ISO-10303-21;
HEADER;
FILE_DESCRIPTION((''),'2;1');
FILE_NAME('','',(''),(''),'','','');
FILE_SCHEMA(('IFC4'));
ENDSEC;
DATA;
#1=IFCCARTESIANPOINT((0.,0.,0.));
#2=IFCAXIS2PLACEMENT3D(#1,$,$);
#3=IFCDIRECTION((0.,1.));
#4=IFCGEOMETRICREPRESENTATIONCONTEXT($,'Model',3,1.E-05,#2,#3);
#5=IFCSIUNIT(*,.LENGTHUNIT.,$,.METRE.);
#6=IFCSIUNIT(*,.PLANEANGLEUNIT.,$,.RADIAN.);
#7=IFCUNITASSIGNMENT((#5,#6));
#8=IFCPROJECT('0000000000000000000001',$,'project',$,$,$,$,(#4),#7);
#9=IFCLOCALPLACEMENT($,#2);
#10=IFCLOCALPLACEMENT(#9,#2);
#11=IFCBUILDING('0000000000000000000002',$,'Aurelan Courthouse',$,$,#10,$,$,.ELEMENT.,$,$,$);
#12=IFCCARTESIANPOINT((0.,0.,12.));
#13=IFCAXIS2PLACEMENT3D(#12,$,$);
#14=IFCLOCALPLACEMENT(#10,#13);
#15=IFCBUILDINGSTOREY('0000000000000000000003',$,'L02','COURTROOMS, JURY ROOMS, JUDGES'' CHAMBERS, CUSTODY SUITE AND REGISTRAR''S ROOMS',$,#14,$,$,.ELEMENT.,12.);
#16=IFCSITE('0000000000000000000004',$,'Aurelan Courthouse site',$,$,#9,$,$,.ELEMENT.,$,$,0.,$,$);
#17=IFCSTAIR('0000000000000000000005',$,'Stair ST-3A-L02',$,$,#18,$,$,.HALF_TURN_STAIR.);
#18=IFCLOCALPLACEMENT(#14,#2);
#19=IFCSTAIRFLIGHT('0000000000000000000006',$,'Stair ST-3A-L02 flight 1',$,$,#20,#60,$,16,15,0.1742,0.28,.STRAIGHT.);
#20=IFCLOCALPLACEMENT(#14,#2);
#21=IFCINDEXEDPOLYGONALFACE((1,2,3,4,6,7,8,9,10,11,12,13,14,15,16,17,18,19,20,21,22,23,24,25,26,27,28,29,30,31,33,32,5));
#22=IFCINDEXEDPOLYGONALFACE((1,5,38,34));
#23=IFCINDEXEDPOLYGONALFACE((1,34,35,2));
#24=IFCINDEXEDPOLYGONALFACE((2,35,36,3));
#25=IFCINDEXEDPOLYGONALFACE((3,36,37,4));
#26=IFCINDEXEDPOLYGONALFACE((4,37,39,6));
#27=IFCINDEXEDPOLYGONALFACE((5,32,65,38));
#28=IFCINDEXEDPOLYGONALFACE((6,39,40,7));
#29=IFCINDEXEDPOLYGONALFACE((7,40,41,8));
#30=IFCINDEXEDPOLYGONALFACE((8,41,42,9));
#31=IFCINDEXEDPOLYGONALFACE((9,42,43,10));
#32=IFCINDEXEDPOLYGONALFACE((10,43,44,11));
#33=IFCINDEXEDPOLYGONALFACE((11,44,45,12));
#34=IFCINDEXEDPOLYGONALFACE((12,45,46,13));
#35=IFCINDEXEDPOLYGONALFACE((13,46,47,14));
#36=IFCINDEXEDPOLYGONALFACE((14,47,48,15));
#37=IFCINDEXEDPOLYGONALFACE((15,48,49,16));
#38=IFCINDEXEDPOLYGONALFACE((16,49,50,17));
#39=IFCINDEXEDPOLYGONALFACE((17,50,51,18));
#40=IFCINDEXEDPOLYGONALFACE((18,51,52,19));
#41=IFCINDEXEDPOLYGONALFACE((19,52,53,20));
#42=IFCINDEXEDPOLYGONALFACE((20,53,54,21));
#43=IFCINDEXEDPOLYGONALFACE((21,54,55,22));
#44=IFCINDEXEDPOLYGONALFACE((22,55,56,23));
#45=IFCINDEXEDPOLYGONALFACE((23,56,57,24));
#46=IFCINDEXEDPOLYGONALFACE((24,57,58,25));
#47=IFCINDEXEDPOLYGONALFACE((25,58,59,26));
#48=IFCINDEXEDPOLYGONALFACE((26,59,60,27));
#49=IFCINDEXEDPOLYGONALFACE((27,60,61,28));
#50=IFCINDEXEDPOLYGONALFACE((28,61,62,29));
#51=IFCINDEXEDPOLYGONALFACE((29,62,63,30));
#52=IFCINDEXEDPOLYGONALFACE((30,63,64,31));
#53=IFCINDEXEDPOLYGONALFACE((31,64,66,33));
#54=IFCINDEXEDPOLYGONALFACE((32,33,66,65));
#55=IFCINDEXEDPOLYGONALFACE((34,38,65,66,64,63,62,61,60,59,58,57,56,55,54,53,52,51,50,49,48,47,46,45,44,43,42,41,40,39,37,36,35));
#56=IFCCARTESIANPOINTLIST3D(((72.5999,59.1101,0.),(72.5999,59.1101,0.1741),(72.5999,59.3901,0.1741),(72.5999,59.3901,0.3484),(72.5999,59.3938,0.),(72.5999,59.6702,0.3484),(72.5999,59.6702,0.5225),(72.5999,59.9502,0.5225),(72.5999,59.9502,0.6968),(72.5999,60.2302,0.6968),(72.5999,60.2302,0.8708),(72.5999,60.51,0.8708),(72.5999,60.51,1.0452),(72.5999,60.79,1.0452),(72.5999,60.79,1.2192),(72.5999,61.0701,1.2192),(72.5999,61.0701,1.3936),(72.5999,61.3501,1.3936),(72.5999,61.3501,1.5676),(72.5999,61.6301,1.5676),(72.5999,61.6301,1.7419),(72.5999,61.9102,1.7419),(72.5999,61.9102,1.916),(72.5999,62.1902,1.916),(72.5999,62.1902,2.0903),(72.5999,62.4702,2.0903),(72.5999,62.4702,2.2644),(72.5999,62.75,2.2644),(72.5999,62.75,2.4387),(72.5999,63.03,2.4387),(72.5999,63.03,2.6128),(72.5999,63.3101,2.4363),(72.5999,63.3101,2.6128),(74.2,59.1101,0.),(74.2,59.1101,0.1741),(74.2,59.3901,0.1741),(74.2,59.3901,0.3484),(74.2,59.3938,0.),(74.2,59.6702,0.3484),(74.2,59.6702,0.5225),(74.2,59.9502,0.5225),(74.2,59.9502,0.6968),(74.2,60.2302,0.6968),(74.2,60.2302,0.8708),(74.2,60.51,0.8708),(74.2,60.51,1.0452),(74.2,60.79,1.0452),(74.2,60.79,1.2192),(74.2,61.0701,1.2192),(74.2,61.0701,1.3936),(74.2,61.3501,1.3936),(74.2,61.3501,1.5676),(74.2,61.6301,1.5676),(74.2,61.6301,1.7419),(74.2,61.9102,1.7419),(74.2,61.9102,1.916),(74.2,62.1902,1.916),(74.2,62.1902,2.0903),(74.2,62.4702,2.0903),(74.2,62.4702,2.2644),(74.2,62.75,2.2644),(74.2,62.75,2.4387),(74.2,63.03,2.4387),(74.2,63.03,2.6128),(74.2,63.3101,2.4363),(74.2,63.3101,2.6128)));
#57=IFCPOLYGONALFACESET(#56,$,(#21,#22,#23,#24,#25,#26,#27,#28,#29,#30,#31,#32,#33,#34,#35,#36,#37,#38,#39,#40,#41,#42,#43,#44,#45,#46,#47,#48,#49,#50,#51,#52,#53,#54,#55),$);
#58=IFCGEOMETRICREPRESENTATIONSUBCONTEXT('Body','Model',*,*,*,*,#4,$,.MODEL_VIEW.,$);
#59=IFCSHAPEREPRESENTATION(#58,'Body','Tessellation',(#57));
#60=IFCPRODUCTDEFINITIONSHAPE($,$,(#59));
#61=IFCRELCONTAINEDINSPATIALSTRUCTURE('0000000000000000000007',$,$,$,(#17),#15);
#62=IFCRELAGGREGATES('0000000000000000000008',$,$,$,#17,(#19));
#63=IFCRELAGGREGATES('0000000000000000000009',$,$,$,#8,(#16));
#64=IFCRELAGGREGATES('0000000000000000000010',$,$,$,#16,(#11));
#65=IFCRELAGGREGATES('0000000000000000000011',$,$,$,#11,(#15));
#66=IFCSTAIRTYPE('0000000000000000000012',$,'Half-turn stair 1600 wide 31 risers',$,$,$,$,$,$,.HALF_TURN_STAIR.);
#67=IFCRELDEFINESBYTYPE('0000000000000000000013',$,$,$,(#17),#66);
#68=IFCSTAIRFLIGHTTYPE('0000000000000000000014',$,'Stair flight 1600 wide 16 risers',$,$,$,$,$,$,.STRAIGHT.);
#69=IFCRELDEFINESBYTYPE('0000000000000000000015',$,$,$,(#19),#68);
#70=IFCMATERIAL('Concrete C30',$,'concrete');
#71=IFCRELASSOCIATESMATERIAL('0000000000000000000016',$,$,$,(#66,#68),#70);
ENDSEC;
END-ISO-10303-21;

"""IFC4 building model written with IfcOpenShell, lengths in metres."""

from ifc_helpers import new_model, si_unit, direction, frame, origin, place, context, subcontext, project, spatial, polyline, outline, extrude, material, type_object, element, aggregate, save


model = new_model("IFC4")

# Units and contexts
model_context = context("Model", 3, precision=1e-05, world=origin(), true_north=direction((0.0, 1.0)))
body_context = subcontext(model_context, "Body", "Model", "MODEL_VIEW")
ifc_project = project(units=[si_unit("LENGTHUNIT", "METRE"), si_unit("PLANEANGLEUNIT", "RADIAN")], contexts=[model_context])

# Site, building, storey
site_placement = place(None, origin())
site = spatial("IfcSite", under=ifc_project, at=site_placement, Name="Aurelan Courthouse site", CompositionType="ELEMENT", RefElevation=0.0)
building_placement = place(site_placement, origin())
building = spatial("IfcBuilding", under=site, at=building_placement, Name="Aurelan Courthouse", CompositionType="ELEMENT")
storey_placement = place(building_placement, frame((0.0, 0.0, 12.0)))
storey = spatial("IfcBuildingStorey", under=building, at=storey_placement, Name="L02", Description="COURTROOMS, JURY ROOMS, JUDGES' CHAMBERS, CUSTODY SUITE AND REGISTRAR'S ROOMS", CompositionType="ELEMENT", Elevation=12.0)

# Shared definitions
ifc_material_1 = material(Name="Concrete C30", Category="concrete")

# Stair, stair flight
stair_type = type_object("IfcStairType", Name="Half-turn stair 1600 wide 31 risers", PredefinedType="HALF_TURN_STAIR", material=ifc_material_1)
stair_placement = place(storey_placement, origin())
stair = element("IfcStair", 1, at=stair_placement, inside=storey, type_object=stair_type, Name="Stair ST-3A-L02", PredefinedType="HALF_TURN_STAIR")
stair_flight_type = type_object("IfcStairFlightType", Name="Stair flight 1600 wide 16 risers", PredefinedType="STRAIGHT", material=ifc_material_1)
stair_flight_placement = place(storey_placement, frame((73.3999, 59.1101, 0.0), z_axis=(0.0, 0.0, 1.0), x_axis=(0.0, 1.0, 0.0)))
stair_flight = element("IfcStairFlight", 2, at=stair_flight_placement, type_object=stair_flight_type, Name="Stair ST-3A-L02 flight 1", NumberOfRisers=16, NumberOfTreads=15, PredefinedType="STRAIGHT", RiserHeight=0.1742, TreadLength=0.28, context=body_context, shape_type="SweptSolid", body=[
    extrude(outline(polyline([(0.0, 0.0), (0.0, 0.1741), (0.28, 0.1741), (0.28, 0.3484), (0.5601, 0.3484), (0.5601, 0.5225), (0.8401, 0.5225), (0.8401, 0.6968), (1.1201, 0.6968), (1.1201, 0.8708), (1.3999, 0.8708), (1.3999, 1.0452), (1.6799, 1.0452), (1.6799, 1.2192), (1.96, 1.2192), (1.96, 1.3936), (2.24, 1.3936), (2.24, 1.5676), (2.52, 1.5676), (2.52, 1.7419), (2.8, 1.7419), (2.8, 1.916), (3.0801, 1.916), (3.0801, 2.0903), (3.3601, 2.0903), (3.3601, 2.2644), (3.6399, 2.2644), (3.6399, 2.4387), (3.9199, 2.4387), (3.9199, 2.6128), (4.2, 2.6128), (4.2, 2.7871), (4.2, 2.4363), (0.2837, 0.0), (0.0, 0.0)])), frame((0.0, 0.8, 0.0), z_axis=(0.0, -1.0, 0.0), x_axis=(1.0, 0.0, 0.0)), (0.0, 0.0, 1.0), 1.6001),
])
aggregate(stair, [stair_flight])

save(model, "model.ifc")
